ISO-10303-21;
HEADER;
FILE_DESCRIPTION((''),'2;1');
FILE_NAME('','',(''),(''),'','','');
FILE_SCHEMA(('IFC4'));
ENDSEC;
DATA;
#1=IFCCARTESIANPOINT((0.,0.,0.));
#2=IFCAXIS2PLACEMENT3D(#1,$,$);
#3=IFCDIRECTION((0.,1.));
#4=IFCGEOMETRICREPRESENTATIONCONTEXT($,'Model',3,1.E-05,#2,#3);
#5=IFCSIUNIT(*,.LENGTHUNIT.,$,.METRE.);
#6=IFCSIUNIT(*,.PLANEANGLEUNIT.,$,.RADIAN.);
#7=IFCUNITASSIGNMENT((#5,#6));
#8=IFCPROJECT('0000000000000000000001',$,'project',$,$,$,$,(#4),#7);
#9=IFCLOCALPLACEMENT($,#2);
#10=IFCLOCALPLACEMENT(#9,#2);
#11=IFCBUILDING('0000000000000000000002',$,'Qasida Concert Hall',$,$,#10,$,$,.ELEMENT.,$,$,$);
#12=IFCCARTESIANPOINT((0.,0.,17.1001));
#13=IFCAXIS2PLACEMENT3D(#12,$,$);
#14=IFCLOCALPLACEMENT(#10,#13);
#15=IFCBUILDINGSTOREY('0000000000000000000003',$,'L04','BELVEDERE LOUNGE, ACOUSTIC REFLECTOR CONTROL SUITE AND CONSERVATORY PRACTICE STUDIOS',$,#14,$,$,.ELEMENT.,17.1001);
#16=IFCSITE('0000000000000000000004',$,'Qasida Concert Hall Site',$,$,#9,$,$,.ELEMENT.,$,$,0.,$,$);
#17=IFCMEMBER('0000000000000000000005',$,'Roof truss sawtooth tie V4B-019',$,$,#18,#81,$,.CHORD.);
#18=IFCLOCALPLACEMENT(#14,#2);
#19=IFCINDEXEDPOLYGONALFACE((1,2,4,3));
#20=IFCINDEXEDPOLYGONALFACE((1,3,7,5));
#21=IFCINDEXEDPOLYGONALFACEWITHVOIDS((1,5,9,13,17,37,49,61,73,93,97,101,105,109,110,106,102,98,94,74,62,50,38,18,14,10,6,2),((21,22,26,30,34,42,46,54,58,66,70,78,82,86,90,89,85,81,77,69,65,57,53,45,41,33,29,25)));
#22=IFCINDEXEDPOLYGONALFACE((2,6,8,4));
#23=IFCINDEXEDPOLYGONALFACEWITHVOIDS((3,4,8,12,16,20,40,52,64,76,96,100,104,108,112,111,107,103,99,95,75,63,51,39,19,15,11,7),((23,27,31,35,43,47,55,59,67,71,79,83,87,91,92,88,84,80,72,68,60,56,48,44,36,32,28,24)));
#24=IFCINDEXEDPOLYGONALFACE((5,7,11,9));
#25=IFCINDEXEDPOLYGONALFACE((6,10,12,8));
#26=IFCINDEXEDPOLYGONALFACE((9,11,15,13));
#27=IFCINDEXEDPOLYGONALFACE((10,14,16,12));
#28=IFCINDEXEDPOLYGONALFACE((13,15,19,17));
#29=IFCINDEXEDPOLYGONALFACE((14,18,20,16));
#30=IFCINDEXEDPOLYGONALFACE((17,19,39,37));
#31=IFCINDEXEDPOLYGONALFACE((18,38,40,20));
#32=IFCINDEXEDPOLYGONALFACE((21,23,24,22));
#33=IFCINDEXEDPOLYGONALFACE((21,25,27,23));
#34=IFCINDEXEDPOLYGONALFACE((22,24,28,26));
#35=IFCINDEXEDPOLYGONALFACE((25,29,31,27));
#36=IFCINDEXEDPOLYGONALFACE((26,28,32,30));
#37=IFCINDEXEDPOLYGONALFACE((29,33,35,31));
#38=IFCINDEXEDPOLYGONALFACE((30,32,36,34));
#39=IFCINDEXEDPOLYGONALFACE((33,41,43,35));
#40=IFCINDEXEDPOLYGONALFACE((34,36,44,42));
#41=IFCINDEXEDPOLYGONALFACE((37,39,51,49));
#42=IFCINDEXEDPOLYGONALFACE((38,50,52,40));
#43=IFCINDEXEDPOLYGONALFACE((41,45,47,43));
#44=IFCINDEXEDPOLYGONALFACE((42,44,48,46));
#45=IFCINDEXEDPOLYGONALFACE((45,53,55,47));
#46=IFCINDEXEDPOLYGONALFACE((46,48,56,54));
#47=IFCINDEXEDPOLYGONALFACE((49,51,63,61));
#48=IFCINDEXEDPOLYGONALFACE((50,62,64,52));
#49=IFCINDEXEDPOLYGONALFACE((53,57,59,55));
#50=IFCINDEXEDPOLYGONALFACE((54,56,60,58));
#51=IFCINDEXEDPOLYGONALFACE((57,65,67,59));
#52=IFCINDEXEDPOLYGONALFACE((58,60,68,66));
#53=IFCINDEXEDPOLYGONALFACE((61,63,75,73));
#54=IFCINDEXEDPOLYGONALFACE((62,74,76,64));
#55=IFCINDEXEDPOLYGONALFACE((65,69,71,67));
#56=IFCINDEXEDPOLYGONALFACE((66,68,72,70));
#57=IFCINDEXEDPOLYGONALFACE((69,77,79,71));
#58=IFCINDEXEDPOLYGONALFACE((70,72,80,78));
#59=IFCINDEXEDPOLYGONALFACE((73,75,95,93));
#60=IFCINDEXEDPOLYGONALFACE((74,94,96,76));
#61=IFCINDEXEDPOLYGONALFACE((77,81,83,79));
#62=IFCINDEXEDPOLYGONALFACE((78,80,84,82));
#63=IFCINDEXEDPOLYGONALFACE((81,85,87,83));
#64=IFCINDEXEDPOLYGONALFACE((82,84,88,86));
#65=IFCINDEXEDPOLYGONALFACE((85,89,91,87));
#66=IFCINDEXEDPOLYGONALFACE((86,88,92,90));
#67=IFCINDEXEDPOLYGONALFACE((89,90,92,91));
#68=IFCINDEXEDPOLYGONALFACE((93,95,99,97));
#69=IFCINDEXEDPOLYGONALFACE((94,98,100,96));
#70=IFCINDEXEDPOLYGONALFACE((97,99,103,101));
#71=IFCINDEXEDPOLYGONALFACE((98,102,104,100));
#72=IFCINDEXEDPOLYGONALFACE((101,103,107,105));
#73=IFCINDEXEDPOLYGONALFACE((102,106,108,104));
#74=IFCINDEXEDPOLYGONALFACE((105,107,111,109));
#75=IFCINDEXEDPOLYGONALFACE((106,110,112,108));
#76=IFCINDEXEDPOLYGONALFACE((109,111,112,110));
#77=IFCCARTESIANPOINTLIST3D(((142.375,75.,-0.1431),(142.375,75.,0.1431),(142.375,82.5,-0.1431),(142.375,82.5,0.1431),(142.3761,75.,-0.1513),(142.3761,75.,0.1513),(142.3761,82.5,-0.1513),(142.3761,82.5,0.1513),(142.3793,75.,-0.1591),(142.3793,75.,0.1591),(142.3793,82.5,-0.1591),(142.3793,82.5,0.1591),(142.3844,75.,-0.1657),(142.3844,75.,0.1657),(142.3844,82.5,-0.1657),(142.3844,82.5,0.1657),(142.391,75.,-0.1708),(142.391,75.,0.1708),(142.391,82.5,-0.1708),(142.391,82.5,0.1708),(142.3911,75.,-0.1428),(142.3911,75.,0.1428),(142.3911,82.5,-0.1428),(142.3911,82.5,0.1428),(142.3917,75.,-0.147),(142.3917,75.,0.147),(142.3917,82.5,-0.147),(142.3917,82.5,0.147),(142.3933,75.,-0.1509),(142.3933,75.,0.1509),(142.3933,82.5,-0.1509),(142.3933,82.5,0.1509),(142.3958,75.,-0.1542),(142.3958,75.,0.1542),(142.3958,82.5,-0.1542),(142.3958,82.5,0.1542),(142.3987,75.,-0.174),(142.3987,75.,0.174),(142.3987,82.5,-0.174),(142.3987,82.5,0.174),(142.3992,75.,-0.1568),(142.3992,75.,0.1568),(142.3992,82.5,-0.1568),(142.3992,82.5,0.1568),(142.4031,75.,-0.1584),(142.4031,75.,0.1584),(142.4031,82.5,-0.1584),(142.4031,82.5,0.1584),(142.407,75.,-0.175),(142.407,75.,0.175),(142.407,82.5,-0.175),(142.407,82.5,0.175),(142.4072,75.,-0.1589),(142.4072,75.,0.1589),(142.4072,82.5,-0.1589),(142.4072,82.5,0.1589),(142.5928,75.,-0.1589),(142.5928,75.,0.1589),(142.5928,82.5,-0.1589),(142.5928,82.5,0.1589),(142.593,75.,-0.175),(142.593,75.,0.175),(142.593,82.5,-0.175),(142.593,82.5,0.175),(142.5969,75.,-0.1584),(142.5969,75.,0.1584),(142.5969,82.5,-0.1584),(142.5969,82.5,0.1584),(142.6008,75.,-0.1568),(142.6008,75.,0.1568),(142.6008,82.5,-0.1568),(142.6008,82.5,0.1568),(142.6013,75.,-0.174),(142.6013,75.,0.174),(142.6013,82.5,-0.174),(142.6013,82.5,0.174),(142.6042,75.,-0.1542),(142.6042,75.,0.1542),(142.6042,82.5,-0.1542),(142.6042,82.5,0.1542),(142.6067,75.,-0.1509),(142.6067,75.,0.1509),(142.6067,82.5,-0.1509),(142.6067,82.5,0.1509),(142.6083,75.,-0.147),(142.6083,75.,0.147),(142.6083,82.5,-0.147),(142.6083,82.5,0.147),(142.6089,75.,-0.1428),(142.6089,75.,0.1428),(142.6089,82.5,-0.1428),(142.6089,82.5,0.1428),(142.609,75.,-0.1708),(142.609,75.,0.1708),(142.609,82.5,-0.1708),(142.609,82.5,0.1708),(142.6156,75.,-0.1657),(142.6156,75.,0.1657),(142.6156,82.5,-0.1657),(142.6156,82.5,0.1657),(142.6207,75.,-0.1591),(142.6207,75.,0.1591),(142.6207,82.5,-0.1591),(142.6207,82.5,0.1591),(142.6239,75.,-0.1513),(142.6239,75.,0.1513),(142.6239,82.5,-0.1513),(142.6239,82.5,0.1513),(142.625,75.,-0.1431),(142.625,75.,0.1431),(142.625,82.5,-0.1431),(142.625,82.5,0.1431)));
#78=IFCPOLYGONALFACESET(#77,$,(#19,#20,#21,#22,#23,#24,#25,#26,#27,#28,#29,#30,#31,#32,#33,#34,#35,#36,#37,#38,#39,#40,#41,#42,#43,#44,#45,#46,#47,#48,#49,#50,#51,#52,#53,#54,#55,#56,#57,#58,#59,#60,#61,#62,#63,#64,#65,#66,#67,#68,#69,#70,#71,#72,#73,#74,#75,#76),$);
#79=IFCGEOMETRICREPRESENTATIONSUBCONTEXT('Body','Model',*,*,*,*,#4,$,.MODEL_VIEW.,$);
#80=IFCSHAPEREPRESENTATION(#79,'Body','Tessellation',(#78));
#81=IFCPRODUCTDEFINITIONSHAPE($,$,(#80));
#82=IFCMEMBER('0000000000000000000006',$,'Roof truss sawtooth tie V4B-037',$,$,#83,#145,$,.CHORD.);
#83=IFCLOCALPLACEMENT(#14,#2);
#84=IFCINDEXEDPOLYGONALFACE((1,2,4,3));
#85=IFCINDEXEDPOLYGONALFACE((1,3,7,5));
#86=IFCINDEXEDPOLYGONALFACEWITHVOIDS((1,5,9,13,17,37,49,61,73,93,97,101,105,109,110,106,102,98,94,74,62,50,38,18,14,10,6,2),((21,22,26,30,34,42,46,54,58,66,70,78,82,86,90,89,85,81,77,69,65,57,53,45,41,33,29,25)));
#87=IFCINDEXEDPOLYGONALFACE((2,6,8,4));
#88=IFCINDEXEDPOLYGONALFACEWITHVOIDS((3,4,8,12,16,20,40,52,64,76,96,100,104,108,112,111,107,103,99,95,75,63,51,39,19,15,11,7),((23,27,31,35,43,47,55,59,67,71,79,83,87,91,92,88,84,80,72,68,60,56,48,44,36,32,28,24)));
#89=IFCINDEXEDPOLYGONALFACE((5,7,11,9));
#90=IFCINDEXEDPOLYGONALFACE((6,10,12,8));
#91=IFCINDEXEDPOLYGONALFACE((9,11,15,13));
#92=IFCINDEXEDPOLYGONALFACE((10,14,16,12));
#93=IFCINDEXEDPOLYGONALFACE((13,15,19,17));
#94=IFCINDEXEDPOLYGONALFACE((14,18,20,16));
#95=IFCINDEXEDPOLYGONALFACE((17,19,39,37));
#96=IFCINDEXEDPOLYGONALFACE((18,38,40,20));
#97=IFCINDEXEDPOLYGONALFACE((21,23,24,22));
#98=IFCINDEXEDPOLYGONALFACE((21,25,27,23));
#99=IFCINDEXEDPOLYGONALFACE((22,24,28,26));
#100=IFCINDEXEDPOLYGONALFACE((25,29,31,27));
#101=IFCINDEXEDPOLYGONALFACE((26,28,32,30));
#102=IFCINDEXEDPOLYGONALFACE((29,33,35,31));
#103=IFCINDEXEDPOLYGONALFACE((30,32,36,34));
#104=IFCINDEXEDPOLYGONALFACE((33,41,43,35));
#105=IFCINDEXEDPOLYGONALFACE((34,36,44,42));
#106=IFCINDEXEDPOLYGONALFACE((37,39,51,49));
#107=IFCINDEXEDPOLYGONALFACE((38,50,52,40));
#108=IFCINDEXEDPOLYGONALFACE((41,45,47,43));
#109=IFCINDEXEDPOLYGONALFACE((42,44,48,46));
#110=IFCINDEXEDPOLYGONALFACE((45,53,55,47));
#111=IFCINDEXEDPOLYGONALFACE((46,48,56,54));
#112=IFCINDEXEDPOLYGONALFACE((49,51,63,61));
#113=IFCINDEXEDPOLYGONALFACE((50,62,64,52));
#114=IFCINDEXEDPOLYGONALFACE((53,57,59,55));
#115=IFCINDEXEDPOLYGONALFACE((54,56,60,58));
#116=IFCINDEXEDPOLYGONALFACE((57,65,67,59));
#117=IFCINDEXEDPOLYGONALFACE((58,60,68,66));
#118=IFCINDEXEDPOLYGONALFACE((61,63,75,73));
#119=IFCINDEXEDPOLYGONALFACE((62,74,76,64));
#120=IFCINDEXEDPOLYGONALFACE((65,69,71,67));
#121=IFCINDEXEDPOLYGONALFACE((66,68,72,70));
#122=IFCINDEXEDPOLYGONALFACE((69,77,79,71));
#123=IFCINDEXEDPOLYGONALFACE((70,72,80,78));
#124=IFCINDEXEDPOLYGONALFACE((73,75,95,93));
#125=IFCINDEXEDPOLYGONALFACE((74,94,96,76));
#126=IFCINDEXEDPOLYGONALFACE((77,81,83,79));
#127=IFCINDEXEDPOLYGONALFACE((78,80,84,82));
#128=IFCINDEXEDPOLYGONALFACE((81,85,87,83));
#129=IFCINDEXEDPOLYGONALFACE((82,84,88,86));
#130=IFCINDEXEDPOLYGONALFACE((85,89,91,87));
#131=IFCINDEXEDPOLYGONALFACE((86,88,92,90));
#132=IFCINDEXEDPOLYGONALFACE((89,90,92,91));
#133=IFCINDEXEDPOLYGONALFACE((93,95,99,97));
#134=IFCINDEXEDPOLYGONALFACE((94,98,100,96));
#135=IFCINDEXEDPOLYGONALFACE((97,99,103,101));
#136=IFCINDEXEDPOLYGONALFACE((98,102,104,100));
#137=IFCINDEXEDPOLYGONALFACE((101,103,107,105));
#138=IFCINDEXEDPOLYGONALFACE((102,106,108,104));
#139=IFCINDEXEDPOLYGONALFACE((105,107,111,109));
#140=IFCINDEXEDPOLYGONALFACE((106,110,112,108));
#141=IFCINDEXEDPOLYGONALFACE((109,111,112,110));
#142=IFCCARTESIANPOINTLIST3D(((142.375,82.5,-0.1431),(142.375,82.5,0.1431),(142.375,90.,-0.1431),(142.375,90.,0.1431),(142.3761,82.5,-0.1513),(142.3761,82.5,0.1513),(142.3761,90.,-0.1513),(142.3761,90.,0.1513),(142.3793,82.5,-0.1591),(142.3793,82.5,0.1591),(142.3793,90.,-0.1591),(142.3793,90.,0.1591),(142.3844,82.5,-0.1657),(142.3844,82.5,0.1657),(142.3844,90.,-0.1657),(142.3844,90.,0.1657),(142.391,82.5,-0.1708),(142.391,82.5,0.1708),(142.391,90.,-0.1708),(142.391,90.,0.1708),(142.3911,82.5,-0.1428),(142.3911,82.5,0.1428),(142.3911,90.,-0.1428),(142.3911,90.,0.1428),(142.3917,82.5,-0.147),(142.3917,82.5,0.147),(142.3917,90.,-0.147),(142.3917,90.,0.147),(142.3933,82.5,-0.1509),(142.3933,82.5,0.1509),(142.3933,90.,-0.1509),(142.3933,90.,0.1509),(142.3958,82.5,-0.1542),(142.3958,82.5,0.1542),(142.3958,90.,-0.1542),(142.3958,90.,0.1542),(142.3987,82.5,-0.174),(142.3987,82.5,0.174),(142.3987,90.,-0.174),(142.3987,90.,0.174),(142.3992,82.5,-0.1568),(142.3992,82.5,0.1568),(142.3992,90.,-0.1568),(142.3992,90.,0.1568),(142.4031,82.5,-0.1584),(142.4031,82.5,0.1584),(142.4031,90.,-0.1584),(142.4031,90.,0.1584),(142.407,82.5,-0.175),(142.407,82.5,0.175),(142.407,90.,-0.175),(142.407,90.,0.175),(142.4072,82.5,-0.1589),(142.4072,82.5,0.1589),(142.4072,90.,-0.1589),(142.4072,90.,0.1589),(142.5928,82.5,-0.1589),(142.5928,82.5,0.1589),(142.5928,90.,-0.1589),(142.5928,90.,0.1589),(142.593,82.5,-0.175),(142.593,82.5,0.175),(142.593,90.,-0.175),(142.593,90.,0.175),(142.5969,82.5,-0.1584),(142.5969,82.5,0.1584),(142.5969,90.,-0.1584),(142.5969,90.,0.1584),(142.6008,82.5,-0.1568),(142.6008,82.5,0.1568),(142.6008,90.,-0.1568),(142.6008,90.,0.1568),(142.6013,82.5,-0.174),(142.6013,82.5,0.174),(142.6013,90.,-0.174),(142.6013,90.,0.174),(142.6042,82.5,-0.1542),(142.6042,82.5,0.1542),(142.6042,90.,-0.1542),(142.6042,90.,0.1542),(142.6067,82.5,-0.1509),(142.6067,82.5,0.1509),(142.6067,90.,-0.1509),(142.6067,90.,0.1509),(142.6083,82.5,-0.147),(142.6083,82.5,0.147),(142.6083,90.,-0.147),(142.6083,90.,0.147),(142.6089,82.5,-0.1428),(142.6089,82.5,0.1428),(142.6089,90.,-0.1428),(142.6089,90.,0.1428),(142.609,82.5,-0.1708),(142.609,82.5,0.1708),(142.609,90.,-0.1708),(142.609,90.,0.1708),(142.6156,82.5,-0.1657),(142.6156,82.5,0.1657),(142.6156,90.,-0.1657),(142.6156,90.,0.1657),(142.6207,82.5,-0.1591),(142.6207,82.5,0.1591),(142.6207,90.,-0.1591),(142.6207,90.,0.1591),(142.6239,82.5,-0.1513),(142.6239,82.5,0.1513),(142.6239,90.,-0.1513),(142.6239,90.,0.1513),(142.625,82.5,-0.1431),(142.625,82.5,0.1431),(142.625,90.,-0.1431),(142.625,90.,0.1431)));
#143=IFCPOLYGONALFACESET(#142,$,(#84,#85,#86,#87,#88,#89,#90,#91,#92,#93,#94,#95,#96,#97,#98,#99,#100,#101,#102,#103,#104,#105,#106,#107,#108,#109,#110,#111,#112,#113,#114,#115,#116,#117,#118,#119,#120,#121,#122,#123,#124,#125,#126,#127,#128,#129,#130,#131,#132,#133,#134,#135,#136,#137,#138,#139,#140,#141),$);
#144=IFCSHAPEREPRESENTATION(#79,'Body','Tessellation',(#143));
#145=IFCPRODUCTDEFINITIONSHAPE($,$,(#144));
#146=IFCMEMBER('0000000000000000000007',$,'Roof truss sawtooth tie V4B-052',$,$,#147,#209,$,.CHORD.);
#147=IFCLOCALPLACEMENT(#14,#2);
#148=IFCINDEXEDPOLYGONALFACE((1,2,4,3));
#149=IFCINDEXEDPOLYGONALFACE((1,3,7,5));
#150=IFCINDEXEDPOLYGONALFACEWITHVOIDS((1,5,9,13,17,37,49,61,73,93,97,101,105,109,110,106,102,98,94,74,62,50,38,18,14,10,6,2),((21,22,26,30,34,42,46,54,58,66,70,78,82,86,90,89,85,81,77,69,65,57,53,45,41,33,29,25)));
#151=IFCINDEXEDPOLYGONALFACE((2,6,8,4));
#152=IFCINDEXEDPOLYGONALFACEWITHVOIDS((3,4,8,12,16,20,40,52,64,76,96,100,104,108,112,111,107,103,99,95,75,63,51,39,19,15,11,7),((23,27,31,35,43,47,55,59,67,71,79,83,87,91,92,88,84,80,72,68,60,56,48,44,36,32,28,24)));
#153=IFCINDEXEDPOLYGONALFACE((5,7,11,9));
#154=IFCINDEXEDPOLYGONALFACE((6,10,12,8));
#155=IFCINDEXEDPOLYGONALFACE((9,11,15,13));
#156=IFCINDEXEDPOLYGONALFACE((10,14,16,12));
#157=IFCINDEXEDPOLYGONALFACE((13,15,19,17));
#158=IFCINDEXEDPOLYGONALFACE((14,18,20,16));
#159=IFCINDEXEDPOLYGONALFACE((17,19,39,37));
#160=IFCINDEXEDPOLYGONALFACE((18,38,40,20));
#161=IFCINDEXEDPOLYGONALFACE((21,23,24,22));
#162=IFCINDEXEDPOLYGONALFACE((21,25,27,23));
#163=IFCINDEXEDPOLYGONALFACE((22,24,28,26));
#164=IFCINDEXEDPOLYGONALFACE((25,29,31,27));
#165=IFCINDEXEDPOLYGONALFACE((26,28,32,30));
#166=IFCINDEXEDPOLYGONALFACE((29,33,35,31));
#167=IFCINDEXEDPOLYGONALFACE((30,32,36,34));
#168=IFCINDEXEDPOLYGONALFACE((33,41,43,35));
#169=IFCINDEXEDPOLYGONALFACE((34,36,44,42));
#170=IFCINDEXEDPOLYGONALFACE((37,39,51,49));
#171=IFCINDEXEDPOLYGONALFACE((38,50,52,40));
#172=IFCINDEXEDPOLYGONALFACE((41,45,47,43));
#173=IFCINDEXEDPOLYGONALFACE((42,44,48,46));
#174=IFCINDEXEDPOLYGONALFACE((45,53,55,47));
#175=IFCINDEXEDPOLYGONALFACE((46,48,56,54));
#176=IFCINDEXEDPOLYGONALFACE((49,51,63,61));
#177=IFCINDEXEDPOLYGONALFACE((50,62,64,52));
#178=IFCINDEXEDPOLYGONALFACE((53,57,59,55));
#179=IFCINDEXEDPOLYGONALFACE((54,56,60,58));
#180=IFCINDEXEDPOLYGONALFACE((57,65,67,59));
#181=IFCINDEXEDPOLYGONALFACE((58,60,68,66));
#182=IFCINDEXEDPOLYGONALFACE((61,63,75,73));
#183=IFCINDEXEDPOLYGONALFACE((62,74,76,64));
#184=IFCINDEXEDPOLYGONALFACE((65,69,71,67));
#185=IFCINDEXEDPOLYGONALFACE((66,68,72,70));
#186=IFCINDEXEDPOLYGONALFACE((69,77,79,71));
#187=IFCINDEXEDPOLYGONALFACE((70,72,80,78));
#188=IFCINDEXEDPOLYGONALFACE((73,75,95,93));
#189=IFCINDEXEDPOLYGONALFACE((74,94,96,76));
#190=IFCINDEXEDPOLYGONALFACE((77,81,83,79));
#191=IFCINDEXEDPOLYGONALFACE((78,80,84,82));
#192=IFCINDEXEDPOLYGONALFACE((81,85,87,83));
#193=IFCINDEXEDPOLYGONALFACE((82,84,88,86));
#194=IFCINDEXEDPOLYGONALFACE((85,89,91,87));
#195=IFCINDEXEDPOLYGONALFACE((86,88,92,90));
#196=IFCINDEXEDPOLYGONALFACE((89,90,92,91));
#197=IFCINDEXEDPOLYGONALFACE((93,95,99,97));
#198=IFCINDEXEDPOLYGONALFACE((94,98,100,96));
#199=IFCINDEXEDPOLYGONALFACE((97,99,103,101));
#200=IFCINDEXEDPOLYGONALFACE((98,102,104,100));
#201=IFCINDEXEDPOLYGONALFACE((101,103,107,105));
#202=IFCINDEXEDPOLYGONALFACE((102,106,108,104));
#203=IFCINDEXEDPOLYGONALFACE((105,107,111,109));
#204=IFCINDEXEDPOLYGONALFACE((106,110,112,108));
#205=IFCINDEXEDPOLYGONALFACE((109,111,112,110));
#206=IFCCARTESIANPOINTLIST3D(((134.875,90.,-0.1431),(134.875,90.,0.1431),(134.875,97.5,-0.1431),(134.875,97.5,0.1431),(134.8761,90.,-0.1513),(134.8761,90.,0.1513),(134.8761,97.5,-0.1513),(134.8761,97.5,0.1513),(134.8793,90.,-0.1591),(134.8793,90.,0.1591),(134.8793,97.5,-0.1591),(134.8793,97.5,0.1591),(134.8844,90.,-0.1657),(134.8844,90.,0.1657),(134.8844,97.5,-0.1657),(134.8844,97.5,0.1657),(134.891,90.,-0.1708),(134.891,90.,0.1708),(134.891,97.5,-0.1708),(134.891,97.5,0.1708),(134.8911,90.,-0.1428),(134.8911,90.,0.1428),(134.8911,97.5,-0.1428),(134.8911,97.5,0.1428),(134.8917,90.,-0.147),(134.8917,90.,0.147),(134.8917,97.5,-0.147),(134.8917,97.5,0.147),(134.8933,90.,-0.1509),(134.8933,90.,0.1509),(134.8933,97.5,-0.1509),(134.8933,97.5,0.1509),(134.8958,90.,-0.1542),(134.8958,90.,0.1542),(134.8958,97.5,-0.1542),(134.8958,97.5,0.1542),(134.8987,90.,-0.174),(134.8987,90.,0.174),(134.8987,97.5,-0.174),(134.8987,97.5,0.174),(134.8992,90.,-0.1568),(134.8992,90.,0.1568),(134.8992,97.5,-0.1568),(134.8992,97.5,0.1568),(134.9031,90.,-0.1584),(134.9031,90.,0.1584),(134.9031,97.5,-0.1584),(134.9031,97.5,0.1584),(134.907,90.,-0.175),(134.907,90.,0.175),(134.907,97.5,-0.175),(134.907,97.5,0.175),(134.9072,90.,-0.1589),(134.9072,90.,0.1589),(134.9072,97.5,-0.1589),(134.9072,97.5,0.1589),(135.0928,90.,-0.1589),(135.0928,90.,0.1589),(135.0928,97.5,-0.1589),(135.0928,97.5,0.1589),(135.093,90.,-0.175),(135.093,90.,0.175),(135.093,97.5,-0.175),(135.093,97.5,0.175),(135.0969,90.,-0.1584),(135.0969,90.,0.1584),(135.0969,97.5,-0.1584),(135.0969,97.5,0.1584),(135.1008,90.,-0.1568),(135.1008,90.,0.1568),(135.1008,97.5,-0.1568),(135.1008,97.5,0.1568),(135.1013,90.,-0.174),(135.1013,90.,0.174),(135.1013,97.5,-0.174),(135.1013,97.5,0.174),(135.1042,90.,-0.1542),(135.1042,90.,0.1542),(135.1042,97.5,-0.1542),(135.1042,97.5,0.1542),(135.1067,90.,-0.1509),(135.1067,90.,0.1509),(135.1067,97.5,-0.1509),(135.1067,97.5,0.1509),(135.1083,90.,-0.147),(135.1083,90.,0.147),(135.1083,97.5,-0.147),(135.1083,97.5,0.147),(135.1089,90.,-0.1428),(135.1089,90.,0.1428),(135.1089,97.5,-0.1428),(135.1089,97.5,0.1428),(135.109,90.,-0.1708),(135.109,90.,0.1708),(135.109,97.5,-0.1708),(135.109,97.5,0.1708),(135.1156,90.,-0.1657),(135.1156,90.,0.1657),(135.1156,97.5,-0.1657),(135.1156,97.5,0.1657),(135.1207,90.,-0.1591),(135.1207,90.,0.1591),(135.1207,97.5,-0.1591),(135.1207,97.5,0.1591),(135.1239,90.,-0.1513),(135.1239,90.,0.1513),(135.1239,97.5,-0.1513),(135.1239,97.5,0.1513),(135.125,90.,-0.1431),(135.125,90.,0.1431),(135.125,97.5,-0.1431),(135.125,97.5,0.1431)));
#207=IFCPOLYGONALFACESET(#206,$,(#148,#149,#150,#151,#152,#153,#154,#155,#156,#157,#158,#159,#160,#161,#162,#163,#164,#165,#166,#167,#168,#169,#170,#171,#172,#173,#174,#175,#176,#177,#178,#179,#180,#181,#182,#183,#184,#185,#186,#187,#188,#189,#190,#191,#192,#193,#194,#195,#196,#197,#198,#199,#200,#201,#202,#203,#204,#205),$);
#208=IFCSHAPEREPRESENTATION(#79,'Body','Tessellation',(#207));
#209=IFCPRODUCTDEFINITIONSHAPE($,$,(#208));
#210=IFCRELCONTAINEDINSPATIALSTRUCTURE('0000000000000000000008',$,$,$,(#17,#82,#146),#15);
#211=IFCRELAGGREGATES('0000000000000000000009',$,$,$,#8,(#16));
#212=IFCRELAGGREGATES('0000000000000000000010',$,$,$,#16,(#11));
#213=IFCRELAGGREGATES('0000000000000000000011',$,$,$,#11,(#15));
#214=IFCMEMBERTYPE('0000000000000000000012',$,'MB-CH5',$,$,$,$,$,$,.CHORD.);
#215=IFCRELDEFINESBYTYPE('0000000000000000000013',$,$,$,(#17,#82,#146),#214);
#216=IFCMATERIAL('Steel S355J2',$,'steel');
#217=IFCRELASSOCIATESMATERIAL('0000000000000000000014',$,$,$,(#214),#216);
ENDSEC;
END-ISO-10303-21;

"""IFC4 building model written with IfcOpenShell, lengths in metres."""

from ifc_helpers import new_model, si_unit, direction, frame, origin, origin_2d, place, context, subcontext, project, spatial, hollow_rectangle, extrude, material, material_profile, profile_set, type_object, element, save


model = new_model("IFC4")

# Units and contexts
model_context = context("Model", 3, precision=1e-05, world=origin(), true_north=direction((0.0, 1.0)))
body_context = subcontext(model_context, "Body", "Model", "MODEL_VIEW")
ifc_project = project(units=[si_unit("LENGTHUNIT", "METRE"), si_unit("PLANEANGLEUNIT", "RADIAN")], contexts=[model_context])

# Site, building, storey
site_placement = place(None, origin())
site = spatial("IfcSite", under=ifc_project, at=site_placement, Name="Qasida Concert Hall Site", CompositionType="ELEMENT", RefElevation=0.0)
building_placement = place(site_placement, origin())
building = spatial("IfcBuilding", under=site, at=building_placement, Name="Qasida Concert Hall", CompositionType="ELEMENT")
storey_placement = place(building_placement, frame((0.0, 0.0, 17.1001)))
storey = spatial("IfcBuildingStorey", under=building, at=storey_placement, Name="L04", Description="BELVEDERE LOUNGE, ACOUSTIC REFLECTOR CONTROL SUITE AND CONSERVATORY PRACTICE STUDIOS", CompositionType="ELEMENT", Elevation=17.1001)

# Members
ifc_material = material(Name="Steel S355J2", Category="steel")
ifc_material_profile_1 = material_profile(ifc_material, hollow_rectangle(XDim=0.25, YDim=0.3501, WallThickness=0.0161, InnerFilletRadius=0.0161, OuterFilletRadius=0.032, at=origin_2d()), Name="RHS 350x250x16")
ifc_profile_set_1 = profile_set([ifc_material_profile_1], Name="Steel S355J2")
member_type_1 = type_object("IfcMemberType", Name="MB-CH5", PredefinedType="CHORD", material=ifc_profile_set_1)
for number, where, z_axis, x_axis, name in (
    (1, (142.5, 75.0, 0.0), (0.0, 1.0, 0.0), (-1.0, 0.0, 0.0), "Roof truss sawtooth tie V4B-019"),
    (2, (142.5, 82.5, 0.0), (0.0, 1.0, 0.0), (-1.0, 0.0, 0.0), "Roof truss sawtooth tie V4B-037"),
    (3, (135.0, 90.0, 0.0), (0.0, 1.0, 0.0), (-1.0, 0.0, 0.0), "Roof truss sawtooth tie V4B-052"),
):
    element("IfcMember", number, at=place(storey_placement, frame(where, z_axis=z_axis, x_axis=x_axis)), inside=storey, type_object=member_type_1, Name=name, PredefinedType="CHORD", context=body_context, shape_type="SweptSolid", body=[
        extrude(hollow_rectangle(XDim=0.25, YDim=0.3501, WallThickness=0.0161, InnerFilletRadius=0.0161, OuterFilletRadius=0.032, at=origin_2d()), origin(), (0.0, 0.0, 1.0), 7.5),
    ])

save(model, "model.ifc")
